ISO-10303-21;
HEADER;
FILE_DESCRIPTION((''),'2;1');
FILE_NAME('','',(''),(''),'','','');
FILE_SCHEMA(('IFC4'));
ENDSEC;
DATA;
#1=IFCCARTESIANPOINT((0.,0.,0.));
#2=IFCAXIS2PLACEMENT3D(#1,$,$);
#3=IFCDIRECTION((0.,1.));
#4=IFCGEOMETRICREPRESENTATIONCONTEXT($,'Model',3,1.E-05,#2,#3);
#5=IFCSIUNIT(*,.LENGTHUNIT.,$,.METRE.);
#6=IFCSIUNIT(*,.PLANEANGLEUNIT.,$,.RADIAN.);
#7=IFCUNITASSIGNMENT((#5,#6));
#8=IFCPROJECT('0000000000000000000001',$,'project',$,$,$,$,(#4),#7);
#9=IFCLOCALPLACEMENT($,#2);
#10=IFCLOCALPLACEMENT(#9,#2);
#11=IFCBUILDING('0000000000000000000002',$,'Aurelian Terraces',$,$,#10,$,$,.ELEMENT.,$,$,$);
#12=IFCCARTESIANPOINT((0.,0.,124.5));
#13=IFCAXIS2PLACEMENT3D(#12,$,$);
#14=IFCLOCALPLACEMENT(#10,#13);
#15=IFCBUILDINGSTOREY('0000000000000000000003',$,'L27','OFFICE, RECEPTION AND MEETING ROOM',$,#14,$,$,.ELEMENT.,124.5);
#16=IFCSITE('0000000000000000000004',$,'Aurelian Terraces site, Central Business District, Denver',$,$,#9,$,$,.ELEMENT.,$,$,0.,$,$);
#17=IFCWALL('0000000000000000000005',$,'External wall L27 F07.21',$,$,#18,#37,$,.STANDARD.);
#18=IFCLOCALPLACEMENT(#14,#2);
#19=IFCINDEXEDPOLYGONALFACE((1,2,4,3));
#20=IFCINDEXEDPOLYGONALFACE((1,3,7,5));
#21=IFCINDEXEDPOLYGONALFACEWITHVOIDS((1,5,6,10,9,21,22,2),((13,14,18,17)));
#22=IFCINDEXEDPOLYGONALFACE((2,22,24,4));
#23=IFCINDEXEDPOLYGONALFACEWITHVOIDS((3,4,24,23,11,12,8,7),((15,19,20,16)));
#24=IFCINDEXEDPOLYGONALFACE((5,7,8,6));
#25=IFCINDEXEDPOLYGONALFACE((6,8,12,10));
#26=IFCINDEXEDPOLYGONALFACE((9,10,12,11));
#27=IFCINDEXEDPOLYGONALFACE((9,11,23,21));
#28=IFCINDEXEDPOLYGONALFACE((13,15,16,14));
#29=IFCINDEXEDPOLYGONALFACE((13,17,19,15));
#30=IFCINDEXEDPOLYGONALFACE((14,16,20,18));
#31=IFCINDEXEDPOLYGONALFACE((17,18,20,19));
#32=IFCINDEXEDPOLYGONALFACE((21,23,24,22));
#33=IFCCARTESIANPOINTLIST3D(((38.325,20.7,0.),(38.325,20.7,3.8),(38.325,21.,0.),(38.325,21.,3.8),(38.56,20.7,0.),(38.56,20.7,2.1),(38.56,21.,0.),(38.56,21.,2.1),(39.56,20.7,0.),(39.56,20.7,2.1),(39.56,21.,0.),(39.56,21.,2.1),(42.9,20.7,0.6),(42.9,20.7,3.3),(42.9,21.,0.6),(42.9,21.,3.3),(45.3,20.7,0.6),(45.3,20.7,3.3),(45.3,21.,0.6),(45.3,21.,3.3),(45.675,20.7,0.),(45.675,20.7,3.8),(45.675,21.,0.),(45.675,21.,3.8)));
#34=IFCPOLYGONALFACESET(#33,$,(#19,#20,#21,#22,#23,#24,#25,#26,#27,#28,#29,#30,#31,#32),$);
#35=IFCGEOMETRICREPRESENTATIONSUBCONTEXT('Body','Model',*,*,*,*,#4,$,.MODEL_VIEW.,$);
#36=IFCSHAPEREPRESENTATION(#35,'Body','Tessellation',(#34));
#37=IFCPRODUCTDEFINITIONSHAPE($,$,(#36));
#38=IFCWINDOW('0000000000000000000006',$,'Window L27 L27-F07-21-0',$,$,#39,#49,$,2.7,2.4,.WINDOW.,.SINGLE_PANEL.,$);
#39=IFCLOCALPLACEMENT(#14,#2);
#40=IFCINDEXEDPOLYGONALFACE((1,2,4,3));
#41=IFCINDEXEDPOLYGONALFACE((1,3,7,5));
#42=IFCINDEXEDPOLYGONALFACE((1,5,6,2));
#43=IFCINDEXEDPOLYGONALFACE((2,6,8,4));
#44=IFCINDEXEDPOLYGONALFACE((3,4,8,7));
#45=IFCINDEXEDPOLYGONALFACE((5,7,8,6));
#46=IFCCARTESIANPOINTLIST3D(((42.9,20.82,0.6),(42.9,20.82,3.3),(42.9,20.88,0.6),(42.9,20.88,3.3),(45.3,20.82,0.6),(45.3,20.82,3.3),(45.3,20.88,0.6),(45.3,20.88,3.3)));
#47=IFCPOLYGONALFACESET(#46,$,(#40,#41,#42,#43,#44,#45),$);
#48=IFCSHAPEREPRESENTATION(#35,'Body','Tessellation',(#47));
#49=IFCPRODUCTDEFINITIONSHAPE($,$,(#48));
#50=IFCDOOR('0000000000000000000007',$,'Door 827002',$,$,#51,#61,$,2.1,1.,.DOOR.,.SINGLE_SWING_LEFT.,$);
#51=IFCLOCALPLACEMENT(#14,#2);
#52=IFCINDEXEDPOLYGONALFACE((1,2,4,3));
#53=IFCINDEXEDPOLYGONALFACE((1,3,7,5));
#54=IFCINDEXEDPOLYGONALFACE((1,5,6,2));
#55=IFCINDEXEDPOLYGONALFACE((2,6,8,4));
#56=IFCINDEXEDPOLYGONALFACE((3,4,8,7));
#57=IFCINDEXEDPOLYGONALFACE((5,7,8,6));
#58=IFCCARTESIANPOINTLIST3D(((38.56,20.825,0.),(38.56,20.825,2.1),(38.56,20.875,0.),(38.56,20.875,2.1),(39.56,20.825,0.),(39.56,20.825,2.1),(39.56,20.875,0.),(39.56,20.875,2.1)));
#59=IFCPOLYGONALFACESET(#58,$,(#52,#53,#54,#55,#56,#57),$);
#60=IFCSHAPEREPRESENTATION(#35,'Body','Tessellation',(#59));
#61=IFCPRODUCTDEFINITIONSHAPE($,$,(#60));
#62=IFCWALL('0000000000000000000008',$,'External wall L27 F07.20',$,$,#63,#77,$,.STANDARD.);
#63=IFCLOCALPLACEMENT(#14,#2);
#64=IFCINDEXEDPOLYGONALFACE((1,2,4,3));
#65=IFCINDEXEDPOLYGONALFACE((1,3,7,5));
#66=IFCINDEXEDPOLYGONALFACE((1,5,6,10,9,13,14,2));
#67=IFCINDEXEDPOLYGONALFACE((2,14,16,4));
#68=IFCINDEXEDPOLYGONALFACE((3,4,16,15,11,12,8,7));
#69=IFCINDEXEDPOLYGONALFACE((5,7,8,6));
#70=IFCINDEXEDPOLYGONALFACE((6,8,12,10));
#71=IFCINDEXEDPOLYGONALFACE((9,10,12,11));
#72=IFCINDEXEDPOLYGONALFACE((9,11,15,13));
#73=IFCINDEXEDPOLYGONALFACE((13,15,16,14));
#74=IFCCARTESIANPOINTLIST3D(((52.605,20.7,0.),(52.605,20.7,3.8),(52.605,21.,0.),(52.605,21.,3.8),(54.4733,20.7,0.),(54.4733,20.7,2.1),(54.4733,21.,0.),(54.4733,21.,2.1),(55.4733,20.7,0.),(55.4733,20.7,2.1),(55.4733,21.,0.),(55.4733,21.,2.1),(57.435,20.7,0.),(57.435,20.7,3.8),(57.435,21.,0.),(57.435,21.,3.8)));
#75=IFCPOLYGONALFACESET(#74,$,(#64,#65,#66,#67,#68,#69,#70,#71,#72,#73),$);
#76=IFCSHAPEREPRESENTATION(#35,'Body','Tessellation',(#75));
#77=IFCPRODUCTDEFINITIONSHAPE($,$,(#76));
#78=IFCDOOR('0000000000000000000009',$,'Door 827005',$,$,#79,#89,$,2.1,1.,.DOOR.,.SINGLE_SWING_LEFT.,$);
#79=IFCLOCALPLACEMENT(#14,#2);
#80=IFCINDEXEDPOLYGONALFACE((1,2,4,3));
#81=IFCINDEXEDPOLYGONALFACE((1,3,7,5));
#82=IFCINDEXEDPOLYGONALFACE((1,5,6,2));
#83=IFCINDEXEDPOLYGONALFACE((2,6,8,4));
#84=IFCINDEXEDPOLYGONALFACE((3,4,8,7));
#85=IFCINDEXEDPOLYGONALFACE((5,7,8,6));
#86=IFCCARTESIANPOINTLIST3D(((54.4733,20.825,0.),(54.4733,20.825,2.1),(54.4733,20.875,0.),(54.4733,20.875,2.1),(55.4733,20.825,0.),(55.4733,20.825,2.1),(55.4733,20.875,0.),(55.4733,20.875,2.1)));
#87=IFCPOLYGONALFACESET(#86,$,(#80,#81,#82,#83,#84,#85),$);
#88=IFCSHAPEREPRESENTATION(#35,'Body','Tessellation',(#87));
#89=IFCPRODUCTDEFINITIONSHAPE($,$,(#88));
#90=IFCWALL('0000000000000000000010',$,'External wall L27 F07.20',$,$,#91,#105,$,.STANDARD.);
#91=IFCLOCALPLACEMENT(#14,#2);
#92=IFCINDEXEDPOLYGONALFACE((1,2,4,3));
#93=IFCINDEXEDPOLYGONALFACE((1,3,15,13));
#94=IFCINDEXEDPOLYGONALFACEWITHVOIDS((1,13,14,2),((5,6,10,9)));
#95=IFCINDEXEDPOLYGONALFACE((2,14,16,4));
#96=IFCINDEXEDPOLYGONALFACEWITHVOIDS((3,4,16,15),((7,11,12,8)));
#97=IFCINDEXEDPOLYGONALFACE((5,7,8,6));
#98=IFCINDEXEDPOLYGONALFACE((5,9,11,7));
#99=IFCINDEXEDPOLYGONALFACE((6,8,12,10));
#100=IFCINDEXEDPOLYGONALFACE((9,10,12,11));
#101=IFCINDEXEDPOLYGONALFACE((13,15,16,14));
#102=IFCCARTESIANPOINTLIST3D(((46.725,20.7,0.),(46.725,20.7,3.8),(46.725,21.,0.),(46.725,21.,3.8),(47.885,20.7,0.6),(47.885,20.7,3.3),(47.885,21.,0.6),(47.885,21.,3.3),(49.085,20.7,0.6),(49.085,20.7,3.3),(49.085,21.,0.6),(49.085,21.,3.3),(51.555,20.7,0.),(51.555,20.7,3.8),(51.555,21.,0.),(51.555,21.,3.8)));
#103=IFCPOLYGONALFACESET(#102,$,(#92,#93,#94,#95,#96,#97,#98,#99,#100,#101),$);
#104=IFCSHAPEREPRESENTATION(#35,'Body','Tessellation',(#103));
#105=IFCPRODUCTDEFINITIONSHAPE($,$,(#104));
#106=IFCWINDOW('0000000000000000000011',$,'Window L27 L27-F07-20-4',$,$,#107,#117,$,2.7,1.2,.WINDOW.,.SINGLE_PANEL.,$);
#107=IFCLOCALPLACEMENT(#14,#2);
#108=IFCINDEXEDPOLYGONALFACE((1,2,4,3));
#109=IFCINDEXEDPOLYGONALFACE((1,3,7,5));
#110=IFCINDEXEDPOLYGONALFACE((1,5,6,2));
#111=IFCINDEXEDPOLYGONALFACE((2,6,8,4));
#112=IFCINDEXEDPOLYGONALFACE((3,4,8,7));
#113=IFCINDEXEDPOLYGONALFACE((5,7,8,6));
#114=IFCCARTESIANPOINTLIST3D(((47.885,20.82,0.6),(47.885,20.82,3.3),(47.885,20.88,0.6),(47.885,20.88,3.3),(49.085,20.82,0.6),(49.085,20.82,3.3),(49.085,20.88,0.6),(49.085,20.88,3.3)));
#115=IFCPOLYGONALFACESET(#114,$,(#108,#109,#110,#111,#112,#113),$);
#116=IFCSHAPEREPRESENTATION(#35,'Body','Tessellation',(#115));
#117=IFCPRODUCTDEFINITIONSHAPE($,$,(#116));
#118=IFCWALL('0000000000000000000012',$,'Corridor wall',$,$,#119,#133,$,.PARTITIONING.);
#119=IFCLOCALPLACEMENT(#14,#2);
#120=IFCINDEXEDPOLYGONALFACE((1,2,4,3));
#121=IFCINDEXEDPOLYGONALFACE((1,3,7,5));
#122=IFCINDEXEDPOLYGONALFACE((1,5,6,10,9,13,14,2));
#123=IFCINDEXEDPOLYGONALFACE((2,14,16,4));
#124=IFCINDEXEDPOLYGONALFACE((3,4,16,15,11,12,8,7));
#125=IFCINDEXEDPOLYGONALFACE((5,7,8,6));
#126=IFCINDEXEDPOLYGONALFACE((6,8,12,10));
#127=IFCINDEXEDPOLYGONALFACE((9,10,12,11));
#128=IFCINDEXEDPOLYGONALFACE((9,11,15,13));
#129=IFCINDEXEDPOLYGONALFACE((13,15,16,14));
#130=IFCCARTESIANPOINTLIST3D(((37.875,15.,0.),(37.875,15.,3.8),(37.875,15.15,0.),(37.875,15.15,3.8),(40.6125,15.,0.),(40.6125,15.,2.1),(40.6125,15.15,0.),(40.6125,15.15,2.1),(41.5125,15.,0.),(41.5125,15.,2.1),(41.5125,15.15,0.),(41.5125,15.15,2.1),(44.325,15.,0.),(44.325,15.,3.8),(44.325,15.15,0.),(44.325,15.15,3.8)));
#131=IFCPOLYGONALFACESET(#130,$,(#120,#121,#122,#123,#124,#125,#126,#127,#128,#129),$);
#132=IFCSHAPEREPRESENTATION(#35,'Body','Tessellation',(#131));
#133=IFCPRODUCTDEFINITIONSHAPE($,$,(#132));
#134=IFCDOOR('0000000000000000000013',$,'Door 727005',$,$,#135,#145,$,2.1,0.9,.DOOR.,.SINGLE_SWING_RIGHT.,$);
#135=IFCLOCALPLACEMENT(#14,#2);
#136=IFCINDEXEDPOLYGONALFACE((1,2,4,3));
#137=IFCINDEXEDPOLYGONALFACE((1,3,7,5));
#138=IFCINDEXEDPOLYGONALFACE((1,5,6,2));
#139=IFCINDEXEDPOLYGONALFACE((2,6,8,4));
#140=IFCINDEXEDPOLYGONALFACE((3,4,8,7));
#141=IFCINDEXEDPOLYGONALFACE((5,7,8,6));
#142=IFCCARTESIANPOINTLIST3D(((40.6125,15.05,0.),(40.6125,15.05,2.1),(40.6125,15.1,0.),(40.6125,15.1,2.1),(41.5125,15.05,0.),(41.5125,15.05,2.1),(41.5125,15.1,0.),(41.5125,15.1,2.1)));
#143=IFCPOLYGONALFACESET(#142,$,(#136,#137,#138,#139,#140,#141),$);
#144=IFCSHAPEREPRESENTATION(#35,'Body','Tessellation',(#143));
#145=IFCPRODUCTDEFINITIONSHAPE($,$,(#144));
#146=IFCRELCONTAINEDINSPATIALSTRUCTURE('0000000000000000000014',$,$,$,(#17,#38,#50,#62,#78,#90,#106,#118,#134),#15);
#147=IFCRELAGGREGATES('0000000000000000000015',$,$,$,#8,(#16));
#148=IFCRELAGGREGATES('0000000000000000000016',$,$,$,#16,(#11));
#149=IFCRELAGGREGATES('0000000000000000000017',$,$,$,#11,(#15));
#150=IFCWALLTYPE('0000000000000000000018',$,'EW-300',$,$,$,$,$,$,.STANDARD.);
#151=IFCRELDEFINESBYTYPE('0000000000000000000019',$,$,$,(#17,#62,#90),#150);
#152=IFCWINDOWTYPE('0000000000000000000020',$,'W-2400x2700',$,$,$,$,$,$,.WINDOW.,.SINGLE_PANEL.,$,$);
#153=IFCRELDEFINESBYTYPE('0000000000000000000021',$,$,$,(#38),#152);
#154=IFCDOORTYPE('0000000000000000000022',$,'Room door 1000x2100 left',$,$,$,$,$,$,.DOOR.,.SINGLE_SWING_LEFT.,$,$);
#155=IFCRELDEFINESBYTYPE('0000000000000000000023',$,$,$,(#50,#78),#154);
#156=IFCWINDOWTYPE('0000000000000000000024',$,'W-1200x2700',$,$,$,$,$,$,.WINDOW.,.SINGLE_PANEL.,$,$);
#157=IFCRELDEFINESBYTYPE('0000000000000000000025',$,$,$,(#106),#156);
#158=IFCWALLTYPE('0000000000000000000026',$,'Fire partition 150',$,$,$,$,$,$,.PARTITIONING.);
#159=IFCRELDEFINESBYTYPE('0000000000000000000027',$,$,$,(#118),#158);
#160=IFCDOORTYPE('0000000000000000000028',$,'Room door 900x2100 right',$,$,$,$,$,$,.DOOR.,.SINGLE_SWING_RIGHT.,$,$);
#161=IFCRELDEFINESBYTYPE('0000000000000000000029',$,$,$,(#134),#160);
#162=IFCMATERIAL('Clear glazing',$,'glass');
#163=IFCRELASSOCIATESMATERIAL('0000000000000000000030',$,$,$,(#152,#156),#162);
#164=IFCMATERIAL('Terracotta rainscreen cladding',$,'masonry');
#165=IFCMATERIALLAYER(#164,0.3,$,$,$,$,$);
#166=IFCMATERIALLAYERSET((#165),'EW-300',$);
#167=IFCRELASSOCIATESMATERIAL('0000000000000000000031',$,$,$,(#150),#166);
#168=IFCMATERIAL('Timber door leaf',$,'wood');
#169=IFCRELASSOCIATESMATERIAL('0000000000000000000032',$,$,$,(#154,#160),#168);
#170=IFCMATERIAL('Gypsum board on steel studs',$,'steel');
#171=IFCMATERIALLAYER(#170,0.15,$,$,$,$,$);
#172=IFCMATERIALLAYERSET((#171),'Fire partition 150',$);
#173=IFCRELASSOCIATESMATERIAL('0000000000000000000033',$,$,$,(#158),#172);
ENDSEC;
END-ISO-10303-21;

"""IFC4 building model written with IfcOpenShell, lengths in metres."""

from ifc_helpers import new_model, si_unit, direction, frame, frame_2d, origin, place, context, subcontext, project, spatial, rectangle, extrude, source, transform, mapped, material, layer, layer_set, type_object, element, fill, save


model = new_model("IFC4")

# Units and contexts
model_context = context("Model", 3, precision=1e-05, world=origin(), true_north=direction((0.0, 1.0)))
body_context = subcontext(model_context, "Body", "Model", "MODEL_VIEW")
ifc_project = project(units=[si_unit("LENGTHUNIT", "METRE"), si_unit("PLANEANGLEUNIT", "RADIAN")], contexts=[model_context])

# Site, building, storey
site_placement = place(None, origin())
site = spatial("IfcSite", under=ifc_project, at=site_placement, Name="Aurelian Terraces site, Central Business District, Denver", CompositionType="ELEMENT", RefElevation=0.0)
building_placement = place(site_placement, origin())
building = spatial("IfcBuilding", under=site, at=building_placement, Name="Aurelian Terraces", CompositionType="ELEMENT")
storey_placement = place(building_placement, frame((0.0, 0.0, 124.5)))
storey = spatial("IfcBuildingStorey", under=building, at=storey_placement, Name="L27", Description="OFFICE, RECEPTION AND MEETING ROOM", CompositionType="ELEMENT", Elevation=124.5)

# Shared definitions
ifc_material_1 = material(Name="Clear glazing", Category="glass")
window_type_1 = type_object("IfcWindowType", Name="W-2400x2700", PartitioningType="SINGLE_PANEL", PredefinedType="WINDOW", material=ifc_material_1)
shared_shape_1 = source(origin(), body_context, "Body", "SweptSolid", [
    extrude(rectangle(XDim=2.4, YDim=2.7, at=frame_2d((1.2, 1.35))), frame((0.0, 0.03, 0.0), z_axis=(0.0, -1.0, 0.0), x_axis=(1.0, 0.0, 0.0)), (0.0, 0.0, 1.0), 0.06),
])

# Wall, openings, window, door
ifc_material_2 = material(Name="Terracotta rainscreen cladding", Category="masonry")
ifc_layer_1 = layer(ifc_material_2, 0.3)
ifc_layer_set_1 = layer_set([ifc_layer_1], Name="EW-300")
wall_type_1 = type_object("IfcWallType", Name="EW-300", PredefinedType="STANDARD", material=ifc_layer_set_1)
shared_shape_2 = source(origin(), body_context, "Body", "SweptSolid", [
    extrude(rectangle(XDim=7.35, YDim=0.3, at=frame_2d((3.675, 0.0))), origin(), (0.0, 0.0, 1.0), 3.8),
])
wall_1_placement = place(storey_placement, frame((45.675, 20.85, 0.0), z_axis=(0.0, 0.0, 1.0), x_axis=(-1.0, 0.0, 0.0)))
wall_1 = element("IfcWall", 1, at=wall_1_placement, inside=storey, type_object=wall_type_1, Name="External wall L27 F07.21", PredefinedType="STANDARD", context=body_context, shape_type="MappedRepresentation", body=[
    mapped(shared_shape_2, transform((0.0, 0.0, 0.0), scale=1.0)),
])
shared_shape_3 = source(origin(), body_context, "Body", "SweptSolid", [
    extrude(rectangle(XDim=2.4, YDim=2.7, at=frame_2d((1.2, 1.35))), frame((0.0, 0.16, 0.0), z_axis=(0.0, -1.0, 0.0), x_axis=(1.0, 0.0, 0.0)), (0.0, 0.0, 1.0), 0.32),
])
opening_1_placement = place(wall_1_placement, frame((0.375, 0.0, 0.6)))
opening_1 = element("IfcOpeningElement", 2, at=opening_1_placement, cuts=wall_1, PredefinedType="OPENING", context=body_context, shape_type="MappedRepresentation", body=[
    mapped(shared_shape_3, transform((0.0, 0.0, 0.0), scale=1.0)),
])
shared_shape_4 = source(origin(), body_context, "Body", "SweptSolid", [
    extrude(rectangle(XDim=1.0, YDim=2.1, at=frame_2d((0.5, 1.05))), frame((0.0, 0.16, 0.0), z_axis=(0.0, -1.0, 0.0), x_axis=(1.0, 0.0, 0.0)), (0.0, 0.0, 1.0), 0.32),
])
opening_2_placement = place(wall_1_placement, frame((6.115, 0.0, 0.0)))
opening_2 = element("IfcOpeningElement", 3, at=opening_2_placement, cuts=wall_1, PredefinedType="OPENING", context=body_context, shape_type="MappedRepresentation", body=[
    mapped(shared_shape_4, transform((0.0, 0.0, 0.0), scale=1.0)),
])
window_1_placement = place(opening_1_placement, origin())
window_1 = element("IfcWindow", 4, at=window_1_placement, inside=storey, type_object=window_type_1, Name="Window L27 L27-F07-21-0", OverallHeight=2.7, OverallWidth=2.4, PartitioningType="SINGLE_PANEL", PredefinedType="WINDOW", context=body_context, shape_type="MappedRepresentation", body=[
    mapped(shared_shape_1, transform((0.0, 0.0, 0.0), scale=1.0)),
])
fill(opening_1, window_1)
ifc_material_3 = material(Name="Timber door leaf", Category="wood")
door_type_1 = type_object("IfcDoorType", Name="Room door 1000x2100 left", OperationType="SINGLE_SWING_LEFT", PredefinedType="DOOR", material=ifc_material_3)
shared_shape_5 = source(origin(), body_context, "Body", "SweptSolid", [
    extrude(rectangle(XDim=1.0, YDim=2.1, at=frame_2d((0.5, 1.05))), frame((0.0, 0.025, 0.0), z_axis=(0.0, -1.0, 0.0), x_axis=(1.0, 0.0, 0.0)), (0.0, 0.0, 1.0), 0.05),
])
door_1_placement = place(opening_2_placement, origin())
door_1 = element("IfcDoor", 5, at=door_1_placement, inside=storey, type_object=door_type_1, Name="Door 827002", OperationType="SINGLE_SWING_LEFT", OverallHeight=2.1, OverallWidth=1.0, PredefinedType="DOOR", context=body_context, shape_type="MappedRepresentation", body=[
    mapped(shared_shape_5, transform((0.0, 0.0, 0.0), scale=1.0)),
])
fill(opening_2, door_1)

# Wall, opening, door
shared_shape_6 = source(origin(), body_context, "Body", "SweptSolid", [
    extrude(rectangle(XDim=4.83, YDim=0.3, at=frame_2d((2.415, 0.0))), origin(), (0.0, 0.0, 1.0), 3.8),
])
wall_2_placement = place(storey_placement, frame((57.435, 20.85, 0.0), z_axis=(0.0, 0.0, 1.0), x_axis=(-1.0, 0.0, 0.0)))
wall_2 = element("IfcWall", 6, at=wall_2_placement, inside=storey, type_object=wall_type_1, Name="External wall L27 F07.20", PredefinedType="STANDARD", context=body_context, shape_type="MappedRepresentation", body=[
    mapped(shared_shape_6, transform((0.0, 0.0, 0.0), scale=1.0)),
])
opening_3_placement = place(wall_2_placement, frame((1.9617, 0.0, 0.0)))
opening_3 = element("IfcOpeningElement", 7, at=opening_3_placement, cuts=wall_2, PredefinedType="OPENING", context=body_context, shape_type="MappedRepresentation", body=[
    mapped(shared_shape_4, transform((0.0, 0.0, 0.0), scale=1.0)),
])
door_2_placement = place(opening_3_placement, origin())
door_2 = element("IfcDoor", 8, at=door_2_placement, inside=storey, type_object=door_type_1, Name="Door 827005", OperationType="SINGLE_SWING_LEFT", OverallHeight=2.1, OverallWidth=1.0, PredefinedType="DOOR", context=body_context, shape_type="MappedRepresentation", body=[
    mapped(shared_shape_5, transform((0.0, 0.0, 0.0), scale=1.0)),
])
fill(opening_3, door_2)

# Wall, opening, window
wall_3_placement = place(storey_placement, frame((51.555, 20.85, 0.0), z_axis=(0.0, 0.0, 1.0), x_axis=(-1.0, 0.0, 0.0)))
wall_3 = element("IfcWall", 9, at=wall_3_placement, inside=storey, type_object=wall_type_1, Name="External wall L27 F07.20", PredefinedType="STANDARD", context=body_context, shape_type="MappedRepresentation", body=[
    mapped(shared_shape_6, transform((0.0, 0.0, 0.0), scale=1.0)),
])
shared_shape_7 = source(origin(), body_context, "Body", "SweptSolid", [
    extrude(rectangle(XDim=1.2, YDim=2.7, at=frame_2d((0.6, 1.35))), frame((0.0, 0.16, 0.0), z_axis=(0.0, -1.0, 0.0), x_axis=(1.0, 0.0, 0.0)), (0.0, 0.0, 1.0), 0.32),
])
opening_4_placement = place(wall_3_placement, frame((2.47, 0.0, 0.6)))
opening_4 = element("IfcOpeningElement", 10, at=opening_4_placement, cuts=wall_3, PredefinedType="OPENING", context=body_context, shape_type="MappedRepresentation", body=[
    mapped(shared_shape_7, transform((0.0, 0.0, 0.0), scale=1.0)),
])
window_type_2 = type_object("IfcWindowType", Name="W-1200x2700", PartitioningType="SINGLE_PANEL", PredefinedType="WINDOW", material=ifc_material_1)
shared_shape_8 = source(origin(), body_context, "Body", "SweptSolid", [
    extrude(rectangle(XDim=1.2, YDim=2.7, at=frame_2d((0.6, 1.35))), frame((0.0, 0.03, 0.0), z_axis=(0.0, -1.0, 0.0), x_axis=(1.0, 0.0, 0.0)), (0.0, 0.0, 1.0), 0.06),
])
window_2_placement = place(opening_4_placement, origin())
window_2 = element("IfcWindow", 11, at=window_2_placement, inside=storey, type_object=window_type_2, Name="Window L27 L27-F07-20-4", OverallHeight=2.7, OverallWidth=1.2, PartitioningType="SINGLE_PANEL", PredefinedType="WINDOW", context=body_context, shape_type="MappedRepresentation", body=[
    mapped(shared_shape_8, transform((0.0, 0.0, 0.0), scale=1.0)),
])
fill(opening_4, window_2)

# Wall, opening, door
ifc_material_4 = material(Name="Gypsum board on steel studs", Category="steel")
ifc_layer_2 = layer(ifc_material_4, 0.15)
ifc_layer_set_2 = layer_set([ifc_layer_2], Name="Fire partition 150")
wall_type_2 = type_object("IfcWallType", Name="Fire partition 150", PredefinedType="PARTITIONING", material=ifc_layer_set_2)
shared_shape_9 = source(origin(), body_context, "Body", "SweptSolid", [
    extrude(rectangle(XDim=6.45, YDim=0.15, at=frame_2d((3.225, 0.0))), origin(), (0.0, 0.0, 1.0), 3.8),
])
wall_4_placement = place(storey_placement, frame((44.325, 15.075, 0.0), z_axis=(0.0, 0.0, 1.0), x_axis=(-1.0, 0.0, 0.0)))
wall_4 = element("IfcWall", 12, at=wall_4_placement, inside=storey, type_object=wall_type_2, Name="Corridor wall", PredefinedType="PARTITIONING", context=body_context, shape_type="MappedRepresentation", body=[
    mapped(shared_shape_9, transform((0.0, 0.0, 0.0), scale=1.0)),
])
shared_shape_10 = source(origin(), body_context, "Body", "SweptSolid", [
    extrude(rectangle(XDim=0.9, YDim=2.1, at=frame_2d((0.45, 1.05))), frame((0.0, 0.085, 0.0), z_axis=(0.0, -1.0, 0.0), x_axis=(1.0, 0.0, 0.0)), (0.0, 0.0, 1.0), 0.17),
])
opening_5_placement = place(wall_4_placement, frame((2.8125, 0.0, 0.0)))
opening_5 = element("IfcOpeningElement", 13, at=opening_5_placement, cuts=wall_4, PredefinedType="OPENING", context=body_context, shape_type="MappedRepresentation", body=[
    mapped(shared_shape_10, transform((0.0, 0.0, 0.0), scale=1.0)),
])
door_type_2 = type_object("IfcDoorType", Name="Room door 900x2100 right", OperationType="SINGLE_SWING_RIGHT", PredefinedType="DOOR", material=ifc_material_3)
shared_shape_11 = source(origin(), body_context, "Body", "SweptSolid", [
    extrude(rectangle(XDim=0.9, YDim=2.1, at=frame_2d((0.45, 1.05))), frame((0.0, 0.025, 0.0), z_axis=(0.0, -1.0, 0.0), x_axis=(1.0, 0.0, 0.0)), (0.0, 0.0, 1.0), 0.05),
])
door_3_placement = place(opening_5_placement, origin())
door_3 = element("IfcDoor", 14, at=door_3_placement, inside=storey, type_object=door_type_2, Name="Door 727005", OperationType="SINGLE_SWING_RIGHT", OverallHeight=2.1, OverallWidth=0.9, PredefinedType="DOOR", context=body_context, shape_type="MappedRepresentation", body=[
    mapped(shared_shape_11, transform((0.0, 0.0, 0.0), scale=1.0)),
])
fill(opening_5, door_3)

save(model, "model.ifc")
